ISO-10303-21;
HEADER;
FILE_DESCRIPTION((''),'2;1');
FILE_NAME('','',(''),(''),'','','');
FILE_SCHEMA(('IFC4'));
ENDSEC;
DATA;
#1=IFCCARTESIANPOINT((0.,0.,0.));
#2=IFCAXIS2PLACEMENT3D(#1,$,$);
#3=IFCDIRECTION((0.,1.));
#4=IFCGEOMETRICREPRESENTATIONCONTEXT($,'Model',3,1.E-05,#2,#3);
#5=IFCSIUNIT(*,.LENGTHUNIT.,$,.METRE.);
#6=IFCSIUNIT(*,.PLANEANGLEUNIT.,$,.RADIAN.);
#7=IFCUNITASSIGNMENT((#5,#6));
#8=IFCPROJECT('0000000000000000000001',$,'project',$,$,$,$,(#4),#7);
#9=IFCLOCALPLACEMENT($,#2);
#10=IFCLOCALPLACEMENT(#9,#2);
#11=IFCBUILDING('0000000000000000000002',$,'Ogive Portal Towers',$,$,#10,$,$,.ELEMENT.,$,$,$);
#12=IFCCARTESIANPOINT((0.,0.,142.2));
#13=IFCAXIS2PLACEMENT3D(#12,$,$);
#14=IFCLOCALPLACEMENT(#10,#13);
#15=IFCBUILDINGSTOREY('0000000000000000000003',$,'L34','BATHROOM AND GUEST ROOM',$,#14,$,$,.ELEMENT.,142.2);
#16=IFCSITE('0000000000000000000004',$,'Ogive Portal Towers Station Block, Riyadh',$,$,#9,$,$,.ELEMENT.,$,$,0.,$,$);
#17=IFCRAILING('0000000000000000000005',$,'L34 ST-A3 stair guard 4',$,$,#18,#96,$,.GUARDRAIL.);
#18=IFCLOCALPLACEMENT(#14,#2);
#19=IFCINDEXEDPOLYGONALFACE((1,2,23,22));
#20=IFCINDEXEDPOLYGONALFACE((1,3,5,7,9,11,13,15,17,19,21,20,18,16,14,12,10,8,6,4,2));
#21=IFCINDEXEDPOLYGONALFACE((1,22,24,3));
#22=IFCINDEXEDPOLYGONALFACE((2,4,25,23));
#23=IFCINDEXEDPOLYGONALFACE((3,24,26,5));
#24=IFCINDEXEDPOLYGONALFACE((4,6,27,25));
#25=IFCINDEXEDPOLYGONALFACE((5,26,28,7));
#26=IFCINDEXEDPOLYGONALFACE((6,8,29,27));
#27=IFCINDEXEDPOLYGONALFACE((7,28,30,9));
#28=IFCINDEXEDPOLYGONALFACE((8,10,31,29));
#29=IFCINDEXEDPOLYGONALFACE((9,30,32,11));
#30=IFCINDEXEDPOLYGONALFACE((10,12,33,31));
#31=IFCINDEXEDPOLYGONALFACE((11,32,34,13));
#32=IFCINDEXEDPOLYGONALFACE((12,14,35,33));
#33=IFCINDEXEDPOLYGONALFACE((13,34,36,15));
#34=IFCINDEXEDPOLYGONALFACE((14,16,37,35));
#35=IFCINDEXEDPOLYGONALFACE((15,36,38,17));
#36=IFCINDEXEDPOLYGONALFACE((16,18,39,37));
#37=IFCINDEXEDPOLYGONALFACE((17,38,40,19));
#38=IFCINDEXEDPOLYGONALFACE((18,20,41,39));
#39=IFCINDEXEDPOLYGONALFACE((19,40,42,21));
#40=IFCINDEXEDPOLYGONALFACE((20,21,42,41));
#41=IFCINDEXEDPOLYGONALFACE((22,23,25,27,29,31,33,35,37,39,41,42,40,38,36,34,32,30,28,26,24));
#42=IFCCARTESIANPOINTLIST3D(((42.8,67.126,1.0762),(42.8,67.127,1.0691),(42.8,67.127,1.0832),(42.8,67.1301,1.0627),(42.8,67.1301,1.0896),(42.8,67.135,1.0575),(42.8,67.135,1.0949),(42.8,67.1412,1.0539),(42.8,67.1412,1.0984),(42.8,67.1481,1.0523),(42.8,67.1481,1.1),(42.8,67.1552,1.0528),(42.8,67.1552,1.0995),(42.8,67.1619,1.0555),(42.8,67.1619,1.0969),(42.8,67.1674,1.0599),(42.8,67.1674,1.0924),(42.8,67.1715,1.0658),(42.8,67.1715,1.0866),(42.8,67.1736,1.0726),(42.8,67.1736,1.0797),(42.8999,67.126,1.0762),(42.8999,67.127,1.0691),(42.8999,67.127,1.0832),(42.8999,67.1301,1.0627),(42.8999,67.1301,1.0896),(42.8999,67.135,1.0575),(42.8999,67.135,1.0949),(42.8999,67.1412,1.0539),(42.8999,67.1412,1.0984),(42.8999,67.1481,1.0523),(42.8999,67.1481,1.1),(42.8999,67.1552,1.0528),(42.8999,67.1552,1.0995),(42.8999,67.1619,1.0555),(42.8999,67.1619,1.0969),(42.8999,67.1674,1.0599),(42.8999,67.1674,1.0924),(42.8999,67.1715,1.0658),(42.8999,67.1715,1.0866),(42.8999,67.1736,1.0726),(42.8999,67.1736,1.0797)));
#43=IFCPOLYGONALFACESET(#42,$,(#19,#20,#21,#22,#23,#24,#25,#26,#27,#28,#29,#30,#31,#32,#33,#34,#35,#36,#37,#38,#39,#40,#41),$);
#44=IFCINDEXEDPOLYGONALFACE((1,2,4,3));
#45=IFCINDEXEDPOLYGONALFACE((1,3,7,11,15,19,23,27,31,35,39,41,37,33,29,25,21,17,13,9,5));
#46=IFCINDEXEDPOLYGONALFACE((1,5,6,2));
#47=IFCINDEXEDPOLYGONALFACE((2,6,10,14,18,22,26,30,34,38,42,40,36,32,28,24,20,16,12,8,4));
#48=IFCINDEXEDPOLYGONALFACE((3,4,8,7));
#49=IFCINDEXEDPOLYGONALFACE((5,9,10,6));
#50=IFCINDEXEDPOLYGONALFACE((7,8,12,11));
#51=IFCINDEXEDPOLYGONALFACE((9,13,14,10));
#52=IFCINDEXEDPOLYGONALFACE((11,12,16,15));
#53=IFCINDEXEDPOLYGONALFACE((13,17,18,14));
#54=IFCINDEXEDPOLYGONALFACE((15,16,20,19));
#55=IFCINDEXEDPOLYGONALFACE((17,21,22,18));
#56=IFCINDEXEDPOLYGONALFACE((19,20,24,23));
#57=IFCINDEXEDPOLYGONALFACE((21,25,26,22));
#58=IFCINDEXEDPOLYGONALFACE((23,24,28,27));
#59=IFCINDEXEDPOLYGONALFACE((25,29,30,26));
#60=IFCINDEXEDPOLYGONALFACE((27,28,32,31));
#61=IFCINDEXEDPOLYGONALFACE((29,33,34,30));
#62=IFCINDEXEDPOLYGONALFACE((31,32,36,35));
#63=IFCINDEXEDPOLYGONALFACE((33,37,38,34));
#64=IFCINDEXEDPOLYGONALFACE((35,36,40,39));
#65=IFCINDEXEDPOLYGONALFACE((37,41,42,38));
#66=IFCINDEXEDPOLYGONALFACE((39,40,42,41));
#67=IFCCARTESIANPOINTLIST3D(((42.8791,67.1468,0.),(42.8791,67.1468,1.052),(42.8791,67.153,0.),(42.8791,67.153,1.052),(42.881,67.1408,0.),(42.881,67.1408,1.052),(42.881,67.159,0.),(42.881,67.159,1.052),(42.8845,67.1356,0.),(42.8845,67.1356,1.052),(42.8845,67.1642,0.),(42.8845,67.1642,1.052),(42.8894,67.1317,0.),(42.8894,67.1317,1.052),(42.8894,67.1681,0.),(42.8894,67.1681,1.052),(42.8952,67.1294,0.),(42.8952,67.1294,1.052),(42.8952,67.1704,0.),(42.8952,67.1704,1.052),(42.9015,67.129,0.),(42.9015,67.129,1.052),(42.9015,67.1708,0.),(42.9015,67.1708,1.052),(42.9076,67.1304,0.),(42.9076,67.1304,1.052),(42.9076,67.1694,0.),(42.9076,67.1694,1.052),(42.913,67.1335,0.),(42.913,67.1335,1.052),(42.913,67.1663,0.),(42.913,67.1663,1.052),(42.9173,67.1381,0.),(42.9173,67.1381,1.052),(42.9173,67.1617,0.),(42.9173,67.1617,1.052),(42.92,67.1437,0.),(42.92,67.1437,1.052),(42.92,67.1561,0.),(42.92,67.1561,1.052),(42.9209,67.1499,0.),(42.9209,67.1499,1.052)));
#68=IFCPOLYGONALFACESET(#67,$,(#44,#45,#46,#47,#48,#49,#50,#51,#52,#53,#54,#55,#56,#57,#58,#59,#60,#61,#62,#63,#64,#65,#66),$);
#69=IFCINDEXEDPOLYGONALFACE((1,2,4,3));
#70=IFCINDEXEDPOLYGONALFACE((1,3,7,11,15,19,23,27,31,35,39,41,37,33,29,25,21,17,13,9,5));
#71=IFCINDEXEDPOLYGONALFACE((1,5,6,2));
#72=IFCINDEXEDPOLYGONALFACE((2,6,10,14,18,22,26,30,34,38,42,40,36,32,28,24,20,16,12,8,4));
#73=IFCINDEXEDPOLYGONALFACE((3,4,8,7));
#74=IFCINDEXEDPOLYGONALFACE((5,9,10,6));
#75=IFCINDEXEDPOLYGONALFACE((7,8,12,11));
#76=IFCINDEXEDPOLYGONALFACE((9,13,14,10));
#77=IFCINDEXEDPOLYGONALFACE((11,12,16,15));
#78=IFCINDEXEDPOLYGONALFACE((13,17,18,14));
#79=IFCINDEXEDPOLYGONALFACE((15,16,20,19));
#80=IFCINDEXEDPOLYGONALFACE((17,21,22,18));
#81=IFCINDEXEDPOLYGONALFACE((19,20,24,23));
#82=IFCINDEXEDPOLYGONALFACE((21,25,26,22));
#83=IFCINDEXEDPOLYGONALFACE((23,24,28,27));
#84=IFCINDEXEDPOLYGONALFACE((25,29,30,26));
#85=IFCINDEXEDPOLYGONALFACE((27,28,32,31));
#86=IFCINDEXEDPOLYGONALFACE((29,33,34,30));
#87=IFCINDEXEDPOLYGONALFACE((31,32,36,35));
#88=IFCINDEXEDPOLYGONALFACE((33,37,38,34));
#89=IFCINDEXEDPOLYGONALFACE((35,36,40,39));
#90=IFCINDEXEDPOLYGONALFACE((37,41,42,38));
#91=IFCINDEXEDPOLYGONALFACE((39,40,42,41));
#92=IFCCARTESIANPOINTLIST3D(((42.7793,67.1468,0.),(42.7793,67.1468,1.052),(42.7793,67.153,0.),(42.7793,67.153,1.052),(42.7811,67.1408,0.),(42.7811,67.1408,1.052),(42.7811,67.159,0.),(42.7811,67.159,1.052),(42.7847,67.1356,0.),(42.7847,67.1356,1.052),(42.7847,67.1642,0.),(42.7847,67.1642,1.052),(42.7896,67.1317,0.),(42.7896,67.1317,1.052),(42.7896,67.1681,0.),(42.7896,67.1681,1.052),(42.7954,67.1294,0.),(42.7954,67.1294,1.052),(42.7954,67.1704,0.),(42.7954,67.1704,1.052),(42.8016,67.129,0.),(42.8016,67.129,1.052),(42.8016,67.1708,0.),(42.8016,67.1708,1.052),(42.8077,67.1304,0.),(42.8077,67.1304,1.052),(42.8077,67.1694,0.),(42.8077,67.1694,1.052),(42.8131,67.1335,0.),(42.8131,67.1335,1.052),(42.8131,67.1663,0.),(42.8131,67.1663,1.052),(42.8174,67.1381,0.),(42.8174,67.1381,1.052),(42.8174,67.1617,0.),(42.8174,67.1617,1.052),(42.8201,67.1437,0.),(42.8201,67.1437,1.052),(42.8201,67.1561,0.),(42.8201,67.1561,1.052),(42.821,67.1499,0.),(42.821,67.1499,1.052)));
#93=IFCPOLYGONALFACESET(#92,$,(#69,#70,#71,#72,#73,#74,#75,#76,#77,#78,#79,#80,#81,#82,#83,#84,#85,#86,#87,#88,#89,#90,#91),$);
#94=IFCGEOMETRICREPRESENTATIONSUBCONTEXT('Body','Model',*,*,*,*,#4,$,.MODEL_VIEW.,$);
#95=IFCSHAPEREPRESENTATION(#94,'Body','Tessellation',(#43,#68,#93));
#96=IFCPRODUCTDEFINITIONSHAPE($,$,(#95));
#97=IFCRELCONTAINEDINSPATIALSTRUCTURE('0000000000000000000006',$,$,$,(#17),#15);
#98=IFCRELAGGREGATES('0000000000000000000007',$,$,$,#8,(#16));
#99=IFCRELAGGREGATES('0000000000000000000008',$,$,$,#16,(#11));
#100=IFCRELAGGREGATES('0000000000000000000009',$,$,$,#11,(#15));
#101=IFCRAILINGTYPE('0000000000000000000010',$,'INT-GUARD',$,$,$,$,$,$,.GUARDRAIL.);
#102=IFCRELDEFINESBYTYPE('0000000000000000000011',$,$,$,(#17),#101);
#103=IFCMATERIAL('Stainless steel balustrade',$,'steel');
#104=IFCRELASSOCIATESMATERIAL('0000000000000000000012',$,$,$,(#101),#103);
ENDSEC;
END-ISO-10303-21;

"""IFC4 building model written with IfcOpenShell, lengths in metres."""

from ifc_helpers import new_model, si_unit, direction, frame, origin, origin_2d, place, context, subcontext, project, spatial, circle, extrude, material, type_object, element, save


model = new_model("IFC4")

# Units and contexts
model_context = context("Model", 3, precision=1e-05, world=origin(), true_north=direction((0.0, 1.0)))
body_context = subcontext(model_context, "Body", "Model", "MODEL_VIEW")
ifc_project = project(units=[si_unit("LENGTHUNIT", "METRE"), si_unit("PLANEANGLEUNIT", "RADIAN")], contexts=[model_context])

# Site, building, storey
site_placement = place(None, origin())
site = spatial("IfcSite", under=ifc_project, at=site_placement, Name="Ogive Portal Towers Station Block, Riyadh", CompositionType="ELEMENT", RefElevation=0.0)
building_placement = place(site_placement, origin())
building = spatial("IfcBuilding", under=site, at=building_placement, Name="Ogive Portal Towers", CompositionType="ELEMENT")
storey_placement = place(building_placement, frame((0.0, 0.0, 142.2)))
storey = spatial("IfcBuildingStorey", under=building, at=storey_placement, Name="L34", Description="BATHROOM AND GUEST ROOM", CompositionType="ELEMENT", Elevation=142.2)

# Railing
ifc_material_1 = material(Name="Stainless steel balustrade", Category="steel")
railing_type_1 = type_object("IfcRailingType", Name="INT-GUARD", PredefinedType="GUARDRAIL", material=ifc_material_1)
railing_1_placement = place(storey_placement, frame((42.8999, 67.1499, 0.0)))
element("IfcRailing", 1, at=railing_1_placement, inside=storey, type_object=railing_type_1, Name="L34 ST-A3 stair guard 4", PredefinedType="GUARDRAIL", context=body_context, shape_type="SweptSolid", body=[
    extrude(circle(Radius=0.0239, at=origin_2d()), frame((0.0, 0.0, 1.0762), z_axis=(-1.0, 0.0, 0.0), x_axis=(0.0, -1.0, 0.0)), (0.0, 0.0, 1.0), 0.0999),
    extrude(circle(Radius=0.021, at=origin_2d()), origin(), (0.0, 0.0, 1.0), 1.052),
    extrude(circle(Radius=0.021, at=origin_2d()), frame((-0.0999, 0.0, 0.0)), (0.0, 0.0, 1.0), 1.052),
])

save(model, "model.ifc")
